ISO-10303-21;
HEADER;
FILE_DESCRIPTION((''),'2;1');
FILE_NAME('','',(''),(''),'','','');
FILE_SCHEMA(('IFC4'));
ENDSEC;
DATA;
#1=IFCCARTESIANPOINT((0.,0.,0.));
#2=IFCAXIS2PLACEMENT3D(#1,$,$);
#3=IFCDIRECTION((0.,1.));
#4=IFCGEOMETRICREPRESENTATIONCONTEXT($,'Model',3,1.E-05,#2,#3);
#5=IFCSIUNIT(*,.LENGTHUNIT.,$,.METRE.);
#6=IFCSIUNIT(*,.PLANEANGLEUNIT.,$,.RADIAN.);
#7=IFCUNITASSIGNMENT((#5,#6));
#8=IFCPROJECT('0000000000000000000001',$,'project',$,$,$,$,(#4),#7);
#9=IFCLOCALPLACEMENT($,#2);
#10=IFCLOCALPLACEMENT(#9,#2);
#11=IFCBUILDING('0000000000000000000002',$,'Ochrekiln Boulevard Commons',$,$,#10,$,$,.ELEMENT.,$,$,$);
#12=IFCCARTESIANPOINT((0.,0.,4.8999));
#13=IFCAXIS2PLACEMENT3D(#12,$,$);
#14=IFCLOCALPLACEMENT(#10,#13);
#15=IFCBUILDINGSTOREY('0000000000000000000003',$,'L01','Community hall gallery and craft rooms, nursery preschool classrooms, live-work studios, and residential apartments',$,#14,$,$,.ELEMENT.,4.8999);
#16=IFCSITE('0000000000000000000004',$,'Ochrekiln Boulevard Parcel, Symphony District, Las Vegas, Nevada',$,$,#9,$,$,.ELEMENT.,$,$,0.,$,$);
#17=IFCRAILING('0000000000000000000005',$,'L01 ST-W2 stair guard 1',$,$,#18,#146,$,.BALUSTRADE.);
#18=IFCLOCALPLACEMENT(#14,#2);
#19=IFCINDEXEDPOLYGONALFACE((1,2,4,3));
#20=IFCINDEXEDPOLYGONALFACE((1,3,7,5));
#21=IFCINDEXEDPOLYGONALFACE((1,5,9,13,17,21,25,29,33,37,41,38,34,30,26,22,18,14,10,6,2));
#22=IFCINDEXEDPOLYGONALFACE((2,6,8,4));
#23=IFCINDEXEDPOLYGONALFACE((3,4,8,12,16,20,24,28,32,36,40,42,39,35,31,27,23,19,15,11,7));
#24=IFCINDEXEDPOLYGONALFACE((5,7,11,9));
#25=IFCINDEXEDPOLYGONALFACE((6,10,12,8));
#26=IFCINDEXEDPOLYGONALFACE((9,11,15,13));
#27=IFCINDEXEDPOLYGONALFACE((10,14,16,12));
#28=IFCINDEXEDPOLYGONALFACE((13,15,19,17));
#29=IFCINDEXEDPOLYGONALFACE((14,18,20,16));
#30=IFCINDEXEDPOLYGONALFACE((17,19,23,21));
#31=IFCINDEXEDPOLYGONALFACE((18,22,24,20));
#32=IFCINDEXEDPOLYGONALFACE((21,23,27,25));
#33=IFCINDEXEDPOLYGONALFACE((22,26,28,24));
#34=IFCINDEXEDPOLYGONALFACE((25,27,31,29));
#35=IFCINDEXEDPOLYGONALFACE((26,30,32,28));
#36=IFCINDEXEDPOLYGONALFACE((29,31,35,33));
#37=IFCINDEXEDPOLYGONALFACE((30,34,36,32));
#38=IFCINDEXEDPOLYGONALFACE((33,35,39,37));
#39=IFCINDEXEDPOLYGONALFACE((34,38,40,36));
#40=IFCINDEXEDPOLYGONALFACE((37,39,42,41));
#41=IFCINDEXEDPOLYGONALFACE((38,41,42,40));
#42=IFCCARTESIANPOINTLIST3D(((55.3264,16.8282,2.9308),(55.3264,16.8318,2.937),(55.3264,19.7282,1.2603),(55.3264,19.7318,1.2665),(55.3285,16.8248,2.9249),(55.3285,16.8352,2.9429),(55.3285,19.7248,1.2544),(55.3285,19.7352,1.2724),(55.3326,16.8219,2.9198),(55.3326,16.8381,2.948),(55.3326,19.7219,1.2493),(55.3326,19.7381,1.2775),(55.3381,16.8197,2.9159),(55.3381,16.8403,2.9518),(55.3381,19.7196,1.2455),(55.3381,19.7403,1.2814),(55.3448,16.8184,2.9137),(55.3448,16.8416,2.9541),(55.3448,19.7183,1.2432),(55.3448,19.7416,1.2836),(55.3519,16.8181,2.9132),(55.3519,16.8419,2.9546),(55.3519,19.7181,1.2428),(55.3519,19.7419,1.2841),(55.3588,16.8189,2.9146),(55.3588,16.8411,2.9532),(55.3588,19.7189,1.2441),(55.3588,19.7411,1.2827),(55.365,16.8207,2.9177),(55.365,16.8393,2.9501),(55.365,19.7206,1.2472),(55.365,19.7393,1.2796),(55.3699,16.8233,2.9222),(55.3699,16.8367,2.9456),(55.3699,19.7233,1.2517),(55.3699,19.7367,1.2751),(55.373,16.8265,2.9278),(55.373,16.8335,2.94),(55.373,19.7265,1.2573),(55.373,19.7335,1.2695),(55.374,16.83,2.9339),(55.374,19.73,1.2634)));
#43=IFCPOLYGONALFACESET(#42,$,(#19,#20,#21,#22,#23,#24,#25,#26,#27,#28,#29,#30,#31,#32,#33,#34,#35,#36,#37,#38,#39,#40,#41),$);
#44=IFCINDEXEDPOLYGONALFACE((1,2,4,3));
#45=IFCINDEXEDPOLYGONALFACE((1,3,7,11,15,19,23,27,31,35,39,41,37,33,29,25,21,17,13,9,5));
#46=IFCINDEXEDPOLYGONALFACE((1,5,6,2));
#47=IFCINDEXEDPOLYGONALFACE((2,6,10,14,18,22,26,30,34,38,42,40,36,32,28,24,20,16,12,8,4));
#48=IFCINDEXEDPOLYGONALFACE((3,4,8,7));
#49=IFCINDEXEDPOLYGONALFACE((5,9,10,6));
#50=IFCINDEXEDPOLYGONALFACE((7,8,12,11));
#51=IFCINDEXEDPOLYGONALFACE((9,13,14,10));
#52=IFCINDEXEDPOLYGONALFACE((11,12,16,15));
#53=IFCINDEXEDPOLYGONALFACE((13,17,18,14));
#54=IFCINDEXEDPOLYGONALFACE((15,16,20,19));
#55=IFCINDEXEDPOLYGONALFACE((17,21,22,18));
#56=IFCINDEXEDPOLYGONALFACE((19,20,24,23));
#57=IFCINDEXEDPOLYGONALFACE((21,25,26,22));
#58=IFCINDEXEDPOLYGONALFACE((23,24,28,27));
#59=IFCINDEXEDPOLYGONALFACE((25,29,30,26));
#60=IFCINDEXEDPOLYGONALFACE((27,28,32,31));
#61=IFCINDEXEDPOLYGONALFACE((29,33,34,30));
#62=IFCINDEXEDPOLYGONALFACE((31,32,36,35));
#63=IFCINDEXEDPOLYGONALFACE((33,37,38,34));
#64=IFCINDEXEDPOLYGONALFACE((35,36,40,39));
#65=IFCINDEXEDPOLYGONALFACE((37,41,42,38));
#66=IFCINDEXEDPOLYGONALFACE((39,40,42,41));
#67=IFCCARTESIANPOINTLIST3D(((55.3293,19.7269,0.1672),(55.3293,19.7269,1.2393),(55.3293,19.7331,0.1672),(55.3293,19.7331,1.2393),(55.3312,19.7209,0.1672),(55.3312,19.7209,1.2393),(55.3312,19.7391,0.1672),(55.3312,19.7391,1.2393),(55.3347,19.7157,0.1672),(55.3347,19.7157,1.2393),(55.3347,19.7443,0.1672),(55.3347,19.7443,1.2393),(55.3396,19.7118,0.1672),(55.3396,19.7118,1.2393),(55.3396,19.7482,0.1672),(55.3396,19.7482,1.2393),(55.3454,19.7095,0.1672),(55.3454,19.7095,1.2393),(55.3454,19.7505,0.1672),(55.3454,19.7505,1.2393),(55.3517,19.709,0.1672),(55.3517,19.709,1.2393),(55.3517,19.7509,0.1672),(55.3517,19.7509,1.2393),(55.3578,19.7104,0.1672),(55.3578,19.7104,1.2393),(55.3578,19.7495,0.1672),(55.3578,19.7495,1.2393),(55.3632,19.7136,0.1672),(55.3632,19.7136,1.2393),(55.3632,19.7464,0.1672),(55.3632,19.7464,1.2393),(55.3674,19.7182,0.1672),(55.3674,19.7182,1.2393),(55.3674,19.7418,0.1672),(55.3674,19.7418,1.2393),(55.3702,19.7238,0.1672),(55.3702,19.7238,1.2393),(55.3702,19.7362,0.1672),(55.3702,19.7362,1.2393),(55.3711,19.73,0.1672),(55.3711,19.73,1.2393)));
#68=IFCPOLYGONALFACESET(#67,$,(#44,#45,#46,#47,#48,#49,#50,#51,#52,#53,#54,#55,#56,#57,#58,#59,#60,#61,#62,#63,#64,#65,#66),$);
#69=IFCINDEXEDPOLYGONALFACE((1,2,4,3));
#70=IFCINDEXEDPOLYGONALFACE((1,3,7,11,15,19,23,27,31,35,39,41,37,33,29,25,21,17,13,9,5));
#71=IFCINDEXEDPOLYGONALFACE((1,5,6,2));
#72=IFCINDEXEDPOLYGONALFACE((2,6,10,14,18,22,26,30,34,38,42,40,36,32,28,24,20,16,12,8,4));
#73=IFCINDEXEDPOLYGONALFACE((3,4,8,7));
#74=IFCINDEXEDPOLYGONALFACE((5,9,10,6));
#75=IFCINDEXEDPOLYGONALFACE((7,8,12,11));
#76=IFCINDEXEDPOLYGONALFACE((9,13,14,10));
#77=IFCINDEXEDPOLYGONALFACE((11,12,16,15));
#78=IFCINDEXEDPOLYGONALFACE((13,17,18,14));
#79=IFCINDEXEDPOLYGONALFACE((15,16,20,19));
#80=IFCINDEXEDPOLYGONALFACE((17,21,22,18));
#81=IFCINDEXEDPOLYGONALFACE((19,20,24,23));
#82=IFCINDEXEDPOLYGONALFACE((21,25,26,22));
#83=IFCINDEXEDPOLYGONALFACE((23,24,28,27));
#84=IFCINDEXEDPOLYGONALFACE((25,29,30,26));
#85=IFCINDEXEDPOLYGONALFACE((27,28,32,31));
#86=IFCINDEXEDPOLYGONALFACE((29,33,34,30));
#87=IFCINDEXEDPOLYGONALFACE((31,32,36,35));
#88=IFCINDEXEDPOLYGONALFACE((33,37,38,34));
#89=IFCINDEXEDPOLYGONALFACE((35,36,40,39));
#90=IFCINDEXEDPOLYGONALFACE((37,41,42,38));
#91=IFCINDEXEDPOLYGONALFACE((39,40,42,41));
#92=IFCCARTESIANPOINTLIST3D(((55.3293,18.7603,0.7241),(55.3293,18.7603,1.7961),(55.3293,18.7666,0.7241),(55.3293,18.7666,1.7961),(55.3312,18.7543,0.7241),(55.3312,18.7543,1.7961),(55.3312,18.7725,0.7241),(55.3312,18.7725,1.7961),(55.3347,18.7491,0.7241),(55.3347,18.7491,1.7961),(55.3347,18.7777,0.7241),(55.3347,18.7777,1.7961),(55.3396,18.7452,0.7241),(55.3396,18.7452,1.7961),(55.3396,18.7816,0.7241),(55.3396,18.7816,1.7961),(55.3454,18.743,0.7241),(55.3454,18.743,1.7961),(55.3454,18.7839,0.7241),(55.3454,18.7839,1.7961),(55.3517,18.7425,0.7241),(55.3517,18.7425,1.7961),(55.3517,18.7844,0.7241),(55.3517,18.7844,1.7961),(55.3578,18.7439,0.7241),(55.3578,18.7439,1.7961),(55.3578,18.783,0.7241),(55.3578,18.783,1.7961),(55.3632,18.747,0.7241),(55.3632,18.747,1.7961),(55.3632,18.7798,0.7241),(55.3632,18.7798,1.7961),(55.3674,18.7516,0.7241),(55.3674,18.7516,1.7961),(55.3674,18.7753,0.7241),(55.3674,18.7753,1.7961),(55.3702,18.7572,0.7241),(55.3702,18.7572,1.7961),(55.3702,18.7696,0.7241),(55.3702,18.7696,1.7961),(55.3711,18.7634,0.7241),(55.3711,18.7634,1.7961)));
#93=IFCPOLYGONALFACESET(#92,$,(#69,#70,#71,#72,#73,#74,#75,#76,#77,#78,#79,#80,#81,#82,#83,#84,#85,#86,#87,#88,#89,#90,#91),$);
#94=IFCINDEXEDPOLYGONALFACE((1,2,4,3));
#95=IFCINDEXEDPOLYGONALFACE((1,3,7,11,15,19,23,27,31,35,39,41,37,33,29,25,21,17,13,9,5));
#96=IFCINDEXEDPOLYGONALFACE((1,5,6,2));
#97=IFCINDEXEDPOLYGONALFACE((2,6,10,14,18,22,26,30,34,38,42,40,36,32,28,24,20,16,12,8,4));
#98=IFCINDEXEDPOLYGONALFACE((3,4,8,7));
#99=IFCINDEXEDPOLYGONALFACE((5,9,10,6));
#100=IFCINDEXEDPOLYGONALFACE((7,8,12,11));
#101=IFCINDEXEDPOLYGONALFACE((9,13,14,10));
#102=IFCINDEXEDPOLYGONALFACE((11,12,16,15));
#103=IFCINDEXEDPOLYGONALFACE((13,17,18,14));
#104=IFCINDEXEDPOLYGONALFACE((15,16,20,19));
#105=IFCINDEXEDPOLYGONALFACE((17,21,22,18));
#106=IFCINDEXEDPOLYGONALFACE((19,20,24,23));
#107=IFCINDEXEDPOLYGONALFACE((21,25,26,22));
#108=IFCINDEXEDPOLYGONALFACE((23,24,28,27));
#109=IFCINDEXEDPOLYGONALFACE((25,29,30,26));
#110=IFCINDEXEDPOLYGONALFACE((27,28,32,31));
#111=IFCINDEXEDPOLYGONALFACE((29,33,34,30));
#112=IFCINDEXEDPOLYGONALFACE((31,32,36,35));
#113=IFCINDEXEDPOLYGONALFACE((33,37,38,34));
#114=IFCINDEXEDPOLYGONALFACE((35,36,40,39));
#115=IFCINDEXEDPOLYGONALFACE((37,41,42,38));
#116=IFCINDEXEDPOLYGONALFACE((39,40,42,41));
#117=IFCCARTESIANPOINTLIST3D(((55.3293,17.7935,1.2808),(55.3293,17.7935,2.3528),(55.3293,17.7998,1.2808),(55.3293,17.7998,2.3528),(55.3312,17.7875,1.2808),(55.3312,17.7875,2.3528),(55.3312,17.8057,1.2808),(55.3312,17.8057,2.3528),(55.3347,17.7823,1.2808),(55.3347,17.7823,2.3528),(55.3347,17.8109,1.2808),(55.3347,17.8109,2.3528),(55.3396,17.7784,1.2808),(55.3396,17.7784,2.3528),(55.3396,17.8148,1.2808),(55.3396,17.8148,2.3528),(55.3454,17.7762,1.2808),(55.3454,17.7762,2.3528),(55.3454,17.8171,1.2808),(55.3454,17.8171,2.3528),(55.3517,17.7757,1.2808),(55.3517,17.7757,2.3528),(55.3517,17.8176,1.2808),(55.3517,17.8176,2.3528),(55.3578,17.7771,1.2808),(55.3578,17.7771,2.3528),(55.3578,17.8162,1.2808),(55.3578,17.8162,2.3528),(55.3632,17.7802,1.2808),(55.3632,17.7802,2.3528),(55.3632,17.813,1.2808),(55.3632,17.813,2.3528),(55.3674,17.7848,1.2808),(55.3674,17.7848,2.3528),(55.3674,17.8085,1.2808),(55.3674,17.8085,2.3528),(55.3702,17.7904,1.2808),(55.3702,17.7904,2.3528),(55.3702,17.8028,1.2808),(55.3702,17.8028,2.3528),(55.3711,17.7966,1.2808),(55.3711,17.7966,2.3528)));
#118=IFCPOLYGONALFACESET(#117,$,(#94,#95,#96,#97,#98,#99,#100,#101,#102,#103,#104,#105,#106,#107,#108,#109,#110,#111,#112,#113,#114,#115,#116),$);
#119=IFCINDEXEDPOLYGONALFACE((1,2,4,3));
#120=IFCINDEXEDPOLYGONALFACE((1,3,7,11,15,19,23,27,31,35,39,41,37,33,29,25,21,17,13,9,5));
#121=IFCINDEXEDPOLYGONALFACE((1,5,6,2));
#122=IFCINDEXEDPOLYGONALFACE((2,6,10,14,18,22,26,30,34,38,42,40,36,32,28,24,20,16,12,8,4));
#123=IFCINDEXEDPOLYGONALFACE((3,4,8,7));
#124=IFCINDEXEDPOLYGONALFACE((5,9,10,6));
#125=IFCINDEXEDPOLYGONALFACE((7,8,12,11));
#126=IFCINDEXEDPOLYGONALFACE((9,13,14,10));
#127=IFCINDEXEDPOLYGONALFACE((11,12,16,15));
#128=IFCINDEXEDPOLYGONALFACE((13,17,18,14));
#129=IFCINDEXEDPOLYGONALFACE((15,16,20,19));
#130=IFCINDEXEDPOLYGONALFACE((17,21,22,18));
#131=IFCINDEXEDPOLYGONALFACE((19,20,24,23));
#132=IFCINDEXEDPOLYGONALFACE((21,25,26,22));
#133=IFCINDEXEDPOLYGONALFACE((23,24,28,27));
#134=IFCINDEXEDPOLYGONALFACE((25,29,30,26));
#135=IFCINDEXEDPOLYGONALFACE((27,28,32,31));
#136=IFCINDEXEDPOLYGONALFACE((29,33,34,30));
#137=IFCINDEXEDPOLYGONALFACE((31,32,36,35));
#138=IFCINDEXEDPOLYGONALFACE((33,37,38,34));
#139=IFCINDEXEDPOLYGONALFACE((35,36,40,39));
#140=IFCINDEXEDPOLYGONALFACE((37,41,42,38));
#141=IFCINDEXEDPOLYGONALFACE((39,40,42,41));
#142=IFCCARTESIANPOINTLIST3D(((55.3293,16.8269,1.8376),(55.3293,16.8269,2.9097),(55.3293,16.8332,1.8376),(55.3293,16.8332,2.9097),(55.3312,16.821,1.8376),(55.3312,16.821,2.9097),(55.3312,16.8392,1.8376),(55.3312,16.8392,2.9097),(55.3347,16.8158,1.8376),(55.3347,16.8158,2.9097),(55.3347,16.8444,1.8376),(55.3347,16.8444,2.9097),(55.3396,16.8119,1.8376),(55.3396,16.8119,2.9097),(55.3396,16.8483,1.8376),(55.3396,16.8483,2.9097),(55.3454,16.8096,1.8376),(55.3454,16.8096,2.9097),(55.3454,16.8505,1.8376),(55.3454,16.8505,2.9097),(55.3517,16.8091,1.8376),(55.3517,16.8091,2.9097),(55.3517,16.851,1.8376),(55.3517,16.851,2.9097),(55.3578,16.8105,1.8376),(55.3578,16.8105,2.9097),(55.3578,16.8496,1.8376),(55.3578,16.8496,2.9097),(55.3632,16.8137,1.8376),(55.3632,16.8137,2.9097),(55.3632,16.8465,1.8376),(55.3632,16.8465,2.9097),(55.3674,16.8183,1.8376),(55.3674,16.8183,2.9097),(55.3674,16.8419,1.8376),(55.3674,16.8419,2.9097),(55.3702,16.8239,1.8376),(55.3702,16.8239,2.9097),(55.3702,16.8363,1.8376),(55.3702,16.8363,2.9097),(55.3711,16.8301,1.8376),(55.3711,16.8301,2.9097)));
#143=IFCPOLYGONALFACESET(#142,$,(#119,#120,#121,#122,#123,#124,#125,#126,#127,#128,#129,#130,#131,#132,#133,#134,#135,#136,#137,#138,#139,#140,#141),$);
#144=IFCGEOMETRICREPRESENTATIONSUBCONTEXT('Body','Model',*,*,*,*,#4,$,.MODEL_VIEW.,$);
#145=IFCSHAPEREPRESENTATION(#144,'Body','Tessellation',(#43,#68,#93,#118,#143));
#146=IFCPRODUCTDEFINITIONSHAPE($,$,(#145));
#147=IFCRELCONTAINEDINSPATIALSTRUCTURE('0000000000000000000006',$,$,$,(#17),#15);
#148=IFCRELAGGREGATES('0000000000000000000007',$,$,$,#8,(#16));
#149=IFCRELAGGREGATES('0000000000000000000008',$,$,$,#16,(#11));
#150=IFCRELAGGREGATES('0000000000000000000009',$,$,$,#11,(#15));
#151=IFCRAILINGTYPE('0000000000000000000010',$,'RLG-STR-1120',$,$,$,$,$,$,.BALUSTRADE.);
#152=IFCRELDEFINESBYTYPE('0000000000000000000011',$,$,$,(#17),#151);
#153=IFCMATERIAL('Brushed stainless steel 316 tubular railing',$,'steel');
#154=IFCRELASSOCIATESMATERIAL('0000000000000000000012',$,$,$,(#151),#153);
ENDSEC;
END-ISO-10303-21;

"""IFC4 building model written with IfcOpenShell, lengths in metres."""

from ifc_helpers import new_model, si_unit, direction, frame, origin, origin_2d, place, context, subcontext, project, spatial, circle, extrude, material, type_object, element, save


model = new_model("IFC4")

# Units and contexts
model_context = context("Model", 3, precision=1e-05, world=origin(), true_north=direction((0.0, 1.0)))
body_context = subcontext(model_context, "Body", "Model", "MODEL_VIEW")
ifc_project = project(units=[si_unit("LENGTHUNIT", "METRE"), si_unit("PLANEANGLEUNIT", "RADIAN")], contexts=[model_context])

# Site, building, storey
site_placement = place(None, origin())
site = spatial("IfcSite", under=ifc_project, at=site_placement, Name="Ochrekiln Boulevard Parcel, Symphony District, Las Vegas, Nevada", CompositionType="ELEMENT", RefElevation=0.0)
building_placement = place(site_placement, origin())
building = spatial("IfcBuilding", under=site, at=building_placement, Name="Ochrekiln Boulevard Commons", CompositionType="ELEMENT")
storey_placement = place(building_placement, frame((0.0, 0.0, 4.8999)))
storey = spatial("IfcBuildingStorey", under=building, at=storey_placement, Name="L01", Description="Community hall gallery and craft rooms, nursery preschool classrooms, live-work studios, and residential apartments", CompositionType="ELEMENT", Elevation=4.8999)

# Railing
ifc_material_1 = material(Name="Brushed stainless steel 316 tubular railing", Category="steel")
railing_type_1 = type_object("IfcRailingType", Name="RLG-STR-1120", PredefinedType="BALUSTRADE", material=ifc_material_1)
railing_1_placement = place(storey_placement, frame((55.3501, 19.73, 0.1672)))
element("IfcRailing", 1, at=railing_1_placement, inside=storey, type_object=railing_type_1, Name="L01 ST-W2 stair guard 1", PredefinedType="BALUSTRADE", context=body_context, shape_type="SweptSolid", body=[
    extrude(circle(Radius=0.0239, at=origin_2d()), frame((0.0, 0.0, 1.0962), z_axis=(0.0, -0.866523, 0.499137), x_axis=(1.0, 0.0, 0.0)), (0.0, 0.0, 1.0), 3.3467),
    extrude(circle(Radius=0.021, at=origin_2d()), origin(), (0.0, 0.0, 1.0), 1.072),
    extrude(circle(Radius=0.021, at=origin_2d()), frame((0.0, -0.9666, 0.5569)), (0.0, 0.0, 1.0), 1.072),
    extrude(circle(Radius=0.021, at=origin_2d()), frame((0.0, -1.9333, 1.1135)), (0.0, 0.0, 1.0), 1.072),
    extrude(circle(Radius=0.021, at=origin_2d()), frame((0.0, -2.8999, 1.6704)), (0.0, 0.0, 1.0), 1.072),
])

save(model, "model.ifc")
